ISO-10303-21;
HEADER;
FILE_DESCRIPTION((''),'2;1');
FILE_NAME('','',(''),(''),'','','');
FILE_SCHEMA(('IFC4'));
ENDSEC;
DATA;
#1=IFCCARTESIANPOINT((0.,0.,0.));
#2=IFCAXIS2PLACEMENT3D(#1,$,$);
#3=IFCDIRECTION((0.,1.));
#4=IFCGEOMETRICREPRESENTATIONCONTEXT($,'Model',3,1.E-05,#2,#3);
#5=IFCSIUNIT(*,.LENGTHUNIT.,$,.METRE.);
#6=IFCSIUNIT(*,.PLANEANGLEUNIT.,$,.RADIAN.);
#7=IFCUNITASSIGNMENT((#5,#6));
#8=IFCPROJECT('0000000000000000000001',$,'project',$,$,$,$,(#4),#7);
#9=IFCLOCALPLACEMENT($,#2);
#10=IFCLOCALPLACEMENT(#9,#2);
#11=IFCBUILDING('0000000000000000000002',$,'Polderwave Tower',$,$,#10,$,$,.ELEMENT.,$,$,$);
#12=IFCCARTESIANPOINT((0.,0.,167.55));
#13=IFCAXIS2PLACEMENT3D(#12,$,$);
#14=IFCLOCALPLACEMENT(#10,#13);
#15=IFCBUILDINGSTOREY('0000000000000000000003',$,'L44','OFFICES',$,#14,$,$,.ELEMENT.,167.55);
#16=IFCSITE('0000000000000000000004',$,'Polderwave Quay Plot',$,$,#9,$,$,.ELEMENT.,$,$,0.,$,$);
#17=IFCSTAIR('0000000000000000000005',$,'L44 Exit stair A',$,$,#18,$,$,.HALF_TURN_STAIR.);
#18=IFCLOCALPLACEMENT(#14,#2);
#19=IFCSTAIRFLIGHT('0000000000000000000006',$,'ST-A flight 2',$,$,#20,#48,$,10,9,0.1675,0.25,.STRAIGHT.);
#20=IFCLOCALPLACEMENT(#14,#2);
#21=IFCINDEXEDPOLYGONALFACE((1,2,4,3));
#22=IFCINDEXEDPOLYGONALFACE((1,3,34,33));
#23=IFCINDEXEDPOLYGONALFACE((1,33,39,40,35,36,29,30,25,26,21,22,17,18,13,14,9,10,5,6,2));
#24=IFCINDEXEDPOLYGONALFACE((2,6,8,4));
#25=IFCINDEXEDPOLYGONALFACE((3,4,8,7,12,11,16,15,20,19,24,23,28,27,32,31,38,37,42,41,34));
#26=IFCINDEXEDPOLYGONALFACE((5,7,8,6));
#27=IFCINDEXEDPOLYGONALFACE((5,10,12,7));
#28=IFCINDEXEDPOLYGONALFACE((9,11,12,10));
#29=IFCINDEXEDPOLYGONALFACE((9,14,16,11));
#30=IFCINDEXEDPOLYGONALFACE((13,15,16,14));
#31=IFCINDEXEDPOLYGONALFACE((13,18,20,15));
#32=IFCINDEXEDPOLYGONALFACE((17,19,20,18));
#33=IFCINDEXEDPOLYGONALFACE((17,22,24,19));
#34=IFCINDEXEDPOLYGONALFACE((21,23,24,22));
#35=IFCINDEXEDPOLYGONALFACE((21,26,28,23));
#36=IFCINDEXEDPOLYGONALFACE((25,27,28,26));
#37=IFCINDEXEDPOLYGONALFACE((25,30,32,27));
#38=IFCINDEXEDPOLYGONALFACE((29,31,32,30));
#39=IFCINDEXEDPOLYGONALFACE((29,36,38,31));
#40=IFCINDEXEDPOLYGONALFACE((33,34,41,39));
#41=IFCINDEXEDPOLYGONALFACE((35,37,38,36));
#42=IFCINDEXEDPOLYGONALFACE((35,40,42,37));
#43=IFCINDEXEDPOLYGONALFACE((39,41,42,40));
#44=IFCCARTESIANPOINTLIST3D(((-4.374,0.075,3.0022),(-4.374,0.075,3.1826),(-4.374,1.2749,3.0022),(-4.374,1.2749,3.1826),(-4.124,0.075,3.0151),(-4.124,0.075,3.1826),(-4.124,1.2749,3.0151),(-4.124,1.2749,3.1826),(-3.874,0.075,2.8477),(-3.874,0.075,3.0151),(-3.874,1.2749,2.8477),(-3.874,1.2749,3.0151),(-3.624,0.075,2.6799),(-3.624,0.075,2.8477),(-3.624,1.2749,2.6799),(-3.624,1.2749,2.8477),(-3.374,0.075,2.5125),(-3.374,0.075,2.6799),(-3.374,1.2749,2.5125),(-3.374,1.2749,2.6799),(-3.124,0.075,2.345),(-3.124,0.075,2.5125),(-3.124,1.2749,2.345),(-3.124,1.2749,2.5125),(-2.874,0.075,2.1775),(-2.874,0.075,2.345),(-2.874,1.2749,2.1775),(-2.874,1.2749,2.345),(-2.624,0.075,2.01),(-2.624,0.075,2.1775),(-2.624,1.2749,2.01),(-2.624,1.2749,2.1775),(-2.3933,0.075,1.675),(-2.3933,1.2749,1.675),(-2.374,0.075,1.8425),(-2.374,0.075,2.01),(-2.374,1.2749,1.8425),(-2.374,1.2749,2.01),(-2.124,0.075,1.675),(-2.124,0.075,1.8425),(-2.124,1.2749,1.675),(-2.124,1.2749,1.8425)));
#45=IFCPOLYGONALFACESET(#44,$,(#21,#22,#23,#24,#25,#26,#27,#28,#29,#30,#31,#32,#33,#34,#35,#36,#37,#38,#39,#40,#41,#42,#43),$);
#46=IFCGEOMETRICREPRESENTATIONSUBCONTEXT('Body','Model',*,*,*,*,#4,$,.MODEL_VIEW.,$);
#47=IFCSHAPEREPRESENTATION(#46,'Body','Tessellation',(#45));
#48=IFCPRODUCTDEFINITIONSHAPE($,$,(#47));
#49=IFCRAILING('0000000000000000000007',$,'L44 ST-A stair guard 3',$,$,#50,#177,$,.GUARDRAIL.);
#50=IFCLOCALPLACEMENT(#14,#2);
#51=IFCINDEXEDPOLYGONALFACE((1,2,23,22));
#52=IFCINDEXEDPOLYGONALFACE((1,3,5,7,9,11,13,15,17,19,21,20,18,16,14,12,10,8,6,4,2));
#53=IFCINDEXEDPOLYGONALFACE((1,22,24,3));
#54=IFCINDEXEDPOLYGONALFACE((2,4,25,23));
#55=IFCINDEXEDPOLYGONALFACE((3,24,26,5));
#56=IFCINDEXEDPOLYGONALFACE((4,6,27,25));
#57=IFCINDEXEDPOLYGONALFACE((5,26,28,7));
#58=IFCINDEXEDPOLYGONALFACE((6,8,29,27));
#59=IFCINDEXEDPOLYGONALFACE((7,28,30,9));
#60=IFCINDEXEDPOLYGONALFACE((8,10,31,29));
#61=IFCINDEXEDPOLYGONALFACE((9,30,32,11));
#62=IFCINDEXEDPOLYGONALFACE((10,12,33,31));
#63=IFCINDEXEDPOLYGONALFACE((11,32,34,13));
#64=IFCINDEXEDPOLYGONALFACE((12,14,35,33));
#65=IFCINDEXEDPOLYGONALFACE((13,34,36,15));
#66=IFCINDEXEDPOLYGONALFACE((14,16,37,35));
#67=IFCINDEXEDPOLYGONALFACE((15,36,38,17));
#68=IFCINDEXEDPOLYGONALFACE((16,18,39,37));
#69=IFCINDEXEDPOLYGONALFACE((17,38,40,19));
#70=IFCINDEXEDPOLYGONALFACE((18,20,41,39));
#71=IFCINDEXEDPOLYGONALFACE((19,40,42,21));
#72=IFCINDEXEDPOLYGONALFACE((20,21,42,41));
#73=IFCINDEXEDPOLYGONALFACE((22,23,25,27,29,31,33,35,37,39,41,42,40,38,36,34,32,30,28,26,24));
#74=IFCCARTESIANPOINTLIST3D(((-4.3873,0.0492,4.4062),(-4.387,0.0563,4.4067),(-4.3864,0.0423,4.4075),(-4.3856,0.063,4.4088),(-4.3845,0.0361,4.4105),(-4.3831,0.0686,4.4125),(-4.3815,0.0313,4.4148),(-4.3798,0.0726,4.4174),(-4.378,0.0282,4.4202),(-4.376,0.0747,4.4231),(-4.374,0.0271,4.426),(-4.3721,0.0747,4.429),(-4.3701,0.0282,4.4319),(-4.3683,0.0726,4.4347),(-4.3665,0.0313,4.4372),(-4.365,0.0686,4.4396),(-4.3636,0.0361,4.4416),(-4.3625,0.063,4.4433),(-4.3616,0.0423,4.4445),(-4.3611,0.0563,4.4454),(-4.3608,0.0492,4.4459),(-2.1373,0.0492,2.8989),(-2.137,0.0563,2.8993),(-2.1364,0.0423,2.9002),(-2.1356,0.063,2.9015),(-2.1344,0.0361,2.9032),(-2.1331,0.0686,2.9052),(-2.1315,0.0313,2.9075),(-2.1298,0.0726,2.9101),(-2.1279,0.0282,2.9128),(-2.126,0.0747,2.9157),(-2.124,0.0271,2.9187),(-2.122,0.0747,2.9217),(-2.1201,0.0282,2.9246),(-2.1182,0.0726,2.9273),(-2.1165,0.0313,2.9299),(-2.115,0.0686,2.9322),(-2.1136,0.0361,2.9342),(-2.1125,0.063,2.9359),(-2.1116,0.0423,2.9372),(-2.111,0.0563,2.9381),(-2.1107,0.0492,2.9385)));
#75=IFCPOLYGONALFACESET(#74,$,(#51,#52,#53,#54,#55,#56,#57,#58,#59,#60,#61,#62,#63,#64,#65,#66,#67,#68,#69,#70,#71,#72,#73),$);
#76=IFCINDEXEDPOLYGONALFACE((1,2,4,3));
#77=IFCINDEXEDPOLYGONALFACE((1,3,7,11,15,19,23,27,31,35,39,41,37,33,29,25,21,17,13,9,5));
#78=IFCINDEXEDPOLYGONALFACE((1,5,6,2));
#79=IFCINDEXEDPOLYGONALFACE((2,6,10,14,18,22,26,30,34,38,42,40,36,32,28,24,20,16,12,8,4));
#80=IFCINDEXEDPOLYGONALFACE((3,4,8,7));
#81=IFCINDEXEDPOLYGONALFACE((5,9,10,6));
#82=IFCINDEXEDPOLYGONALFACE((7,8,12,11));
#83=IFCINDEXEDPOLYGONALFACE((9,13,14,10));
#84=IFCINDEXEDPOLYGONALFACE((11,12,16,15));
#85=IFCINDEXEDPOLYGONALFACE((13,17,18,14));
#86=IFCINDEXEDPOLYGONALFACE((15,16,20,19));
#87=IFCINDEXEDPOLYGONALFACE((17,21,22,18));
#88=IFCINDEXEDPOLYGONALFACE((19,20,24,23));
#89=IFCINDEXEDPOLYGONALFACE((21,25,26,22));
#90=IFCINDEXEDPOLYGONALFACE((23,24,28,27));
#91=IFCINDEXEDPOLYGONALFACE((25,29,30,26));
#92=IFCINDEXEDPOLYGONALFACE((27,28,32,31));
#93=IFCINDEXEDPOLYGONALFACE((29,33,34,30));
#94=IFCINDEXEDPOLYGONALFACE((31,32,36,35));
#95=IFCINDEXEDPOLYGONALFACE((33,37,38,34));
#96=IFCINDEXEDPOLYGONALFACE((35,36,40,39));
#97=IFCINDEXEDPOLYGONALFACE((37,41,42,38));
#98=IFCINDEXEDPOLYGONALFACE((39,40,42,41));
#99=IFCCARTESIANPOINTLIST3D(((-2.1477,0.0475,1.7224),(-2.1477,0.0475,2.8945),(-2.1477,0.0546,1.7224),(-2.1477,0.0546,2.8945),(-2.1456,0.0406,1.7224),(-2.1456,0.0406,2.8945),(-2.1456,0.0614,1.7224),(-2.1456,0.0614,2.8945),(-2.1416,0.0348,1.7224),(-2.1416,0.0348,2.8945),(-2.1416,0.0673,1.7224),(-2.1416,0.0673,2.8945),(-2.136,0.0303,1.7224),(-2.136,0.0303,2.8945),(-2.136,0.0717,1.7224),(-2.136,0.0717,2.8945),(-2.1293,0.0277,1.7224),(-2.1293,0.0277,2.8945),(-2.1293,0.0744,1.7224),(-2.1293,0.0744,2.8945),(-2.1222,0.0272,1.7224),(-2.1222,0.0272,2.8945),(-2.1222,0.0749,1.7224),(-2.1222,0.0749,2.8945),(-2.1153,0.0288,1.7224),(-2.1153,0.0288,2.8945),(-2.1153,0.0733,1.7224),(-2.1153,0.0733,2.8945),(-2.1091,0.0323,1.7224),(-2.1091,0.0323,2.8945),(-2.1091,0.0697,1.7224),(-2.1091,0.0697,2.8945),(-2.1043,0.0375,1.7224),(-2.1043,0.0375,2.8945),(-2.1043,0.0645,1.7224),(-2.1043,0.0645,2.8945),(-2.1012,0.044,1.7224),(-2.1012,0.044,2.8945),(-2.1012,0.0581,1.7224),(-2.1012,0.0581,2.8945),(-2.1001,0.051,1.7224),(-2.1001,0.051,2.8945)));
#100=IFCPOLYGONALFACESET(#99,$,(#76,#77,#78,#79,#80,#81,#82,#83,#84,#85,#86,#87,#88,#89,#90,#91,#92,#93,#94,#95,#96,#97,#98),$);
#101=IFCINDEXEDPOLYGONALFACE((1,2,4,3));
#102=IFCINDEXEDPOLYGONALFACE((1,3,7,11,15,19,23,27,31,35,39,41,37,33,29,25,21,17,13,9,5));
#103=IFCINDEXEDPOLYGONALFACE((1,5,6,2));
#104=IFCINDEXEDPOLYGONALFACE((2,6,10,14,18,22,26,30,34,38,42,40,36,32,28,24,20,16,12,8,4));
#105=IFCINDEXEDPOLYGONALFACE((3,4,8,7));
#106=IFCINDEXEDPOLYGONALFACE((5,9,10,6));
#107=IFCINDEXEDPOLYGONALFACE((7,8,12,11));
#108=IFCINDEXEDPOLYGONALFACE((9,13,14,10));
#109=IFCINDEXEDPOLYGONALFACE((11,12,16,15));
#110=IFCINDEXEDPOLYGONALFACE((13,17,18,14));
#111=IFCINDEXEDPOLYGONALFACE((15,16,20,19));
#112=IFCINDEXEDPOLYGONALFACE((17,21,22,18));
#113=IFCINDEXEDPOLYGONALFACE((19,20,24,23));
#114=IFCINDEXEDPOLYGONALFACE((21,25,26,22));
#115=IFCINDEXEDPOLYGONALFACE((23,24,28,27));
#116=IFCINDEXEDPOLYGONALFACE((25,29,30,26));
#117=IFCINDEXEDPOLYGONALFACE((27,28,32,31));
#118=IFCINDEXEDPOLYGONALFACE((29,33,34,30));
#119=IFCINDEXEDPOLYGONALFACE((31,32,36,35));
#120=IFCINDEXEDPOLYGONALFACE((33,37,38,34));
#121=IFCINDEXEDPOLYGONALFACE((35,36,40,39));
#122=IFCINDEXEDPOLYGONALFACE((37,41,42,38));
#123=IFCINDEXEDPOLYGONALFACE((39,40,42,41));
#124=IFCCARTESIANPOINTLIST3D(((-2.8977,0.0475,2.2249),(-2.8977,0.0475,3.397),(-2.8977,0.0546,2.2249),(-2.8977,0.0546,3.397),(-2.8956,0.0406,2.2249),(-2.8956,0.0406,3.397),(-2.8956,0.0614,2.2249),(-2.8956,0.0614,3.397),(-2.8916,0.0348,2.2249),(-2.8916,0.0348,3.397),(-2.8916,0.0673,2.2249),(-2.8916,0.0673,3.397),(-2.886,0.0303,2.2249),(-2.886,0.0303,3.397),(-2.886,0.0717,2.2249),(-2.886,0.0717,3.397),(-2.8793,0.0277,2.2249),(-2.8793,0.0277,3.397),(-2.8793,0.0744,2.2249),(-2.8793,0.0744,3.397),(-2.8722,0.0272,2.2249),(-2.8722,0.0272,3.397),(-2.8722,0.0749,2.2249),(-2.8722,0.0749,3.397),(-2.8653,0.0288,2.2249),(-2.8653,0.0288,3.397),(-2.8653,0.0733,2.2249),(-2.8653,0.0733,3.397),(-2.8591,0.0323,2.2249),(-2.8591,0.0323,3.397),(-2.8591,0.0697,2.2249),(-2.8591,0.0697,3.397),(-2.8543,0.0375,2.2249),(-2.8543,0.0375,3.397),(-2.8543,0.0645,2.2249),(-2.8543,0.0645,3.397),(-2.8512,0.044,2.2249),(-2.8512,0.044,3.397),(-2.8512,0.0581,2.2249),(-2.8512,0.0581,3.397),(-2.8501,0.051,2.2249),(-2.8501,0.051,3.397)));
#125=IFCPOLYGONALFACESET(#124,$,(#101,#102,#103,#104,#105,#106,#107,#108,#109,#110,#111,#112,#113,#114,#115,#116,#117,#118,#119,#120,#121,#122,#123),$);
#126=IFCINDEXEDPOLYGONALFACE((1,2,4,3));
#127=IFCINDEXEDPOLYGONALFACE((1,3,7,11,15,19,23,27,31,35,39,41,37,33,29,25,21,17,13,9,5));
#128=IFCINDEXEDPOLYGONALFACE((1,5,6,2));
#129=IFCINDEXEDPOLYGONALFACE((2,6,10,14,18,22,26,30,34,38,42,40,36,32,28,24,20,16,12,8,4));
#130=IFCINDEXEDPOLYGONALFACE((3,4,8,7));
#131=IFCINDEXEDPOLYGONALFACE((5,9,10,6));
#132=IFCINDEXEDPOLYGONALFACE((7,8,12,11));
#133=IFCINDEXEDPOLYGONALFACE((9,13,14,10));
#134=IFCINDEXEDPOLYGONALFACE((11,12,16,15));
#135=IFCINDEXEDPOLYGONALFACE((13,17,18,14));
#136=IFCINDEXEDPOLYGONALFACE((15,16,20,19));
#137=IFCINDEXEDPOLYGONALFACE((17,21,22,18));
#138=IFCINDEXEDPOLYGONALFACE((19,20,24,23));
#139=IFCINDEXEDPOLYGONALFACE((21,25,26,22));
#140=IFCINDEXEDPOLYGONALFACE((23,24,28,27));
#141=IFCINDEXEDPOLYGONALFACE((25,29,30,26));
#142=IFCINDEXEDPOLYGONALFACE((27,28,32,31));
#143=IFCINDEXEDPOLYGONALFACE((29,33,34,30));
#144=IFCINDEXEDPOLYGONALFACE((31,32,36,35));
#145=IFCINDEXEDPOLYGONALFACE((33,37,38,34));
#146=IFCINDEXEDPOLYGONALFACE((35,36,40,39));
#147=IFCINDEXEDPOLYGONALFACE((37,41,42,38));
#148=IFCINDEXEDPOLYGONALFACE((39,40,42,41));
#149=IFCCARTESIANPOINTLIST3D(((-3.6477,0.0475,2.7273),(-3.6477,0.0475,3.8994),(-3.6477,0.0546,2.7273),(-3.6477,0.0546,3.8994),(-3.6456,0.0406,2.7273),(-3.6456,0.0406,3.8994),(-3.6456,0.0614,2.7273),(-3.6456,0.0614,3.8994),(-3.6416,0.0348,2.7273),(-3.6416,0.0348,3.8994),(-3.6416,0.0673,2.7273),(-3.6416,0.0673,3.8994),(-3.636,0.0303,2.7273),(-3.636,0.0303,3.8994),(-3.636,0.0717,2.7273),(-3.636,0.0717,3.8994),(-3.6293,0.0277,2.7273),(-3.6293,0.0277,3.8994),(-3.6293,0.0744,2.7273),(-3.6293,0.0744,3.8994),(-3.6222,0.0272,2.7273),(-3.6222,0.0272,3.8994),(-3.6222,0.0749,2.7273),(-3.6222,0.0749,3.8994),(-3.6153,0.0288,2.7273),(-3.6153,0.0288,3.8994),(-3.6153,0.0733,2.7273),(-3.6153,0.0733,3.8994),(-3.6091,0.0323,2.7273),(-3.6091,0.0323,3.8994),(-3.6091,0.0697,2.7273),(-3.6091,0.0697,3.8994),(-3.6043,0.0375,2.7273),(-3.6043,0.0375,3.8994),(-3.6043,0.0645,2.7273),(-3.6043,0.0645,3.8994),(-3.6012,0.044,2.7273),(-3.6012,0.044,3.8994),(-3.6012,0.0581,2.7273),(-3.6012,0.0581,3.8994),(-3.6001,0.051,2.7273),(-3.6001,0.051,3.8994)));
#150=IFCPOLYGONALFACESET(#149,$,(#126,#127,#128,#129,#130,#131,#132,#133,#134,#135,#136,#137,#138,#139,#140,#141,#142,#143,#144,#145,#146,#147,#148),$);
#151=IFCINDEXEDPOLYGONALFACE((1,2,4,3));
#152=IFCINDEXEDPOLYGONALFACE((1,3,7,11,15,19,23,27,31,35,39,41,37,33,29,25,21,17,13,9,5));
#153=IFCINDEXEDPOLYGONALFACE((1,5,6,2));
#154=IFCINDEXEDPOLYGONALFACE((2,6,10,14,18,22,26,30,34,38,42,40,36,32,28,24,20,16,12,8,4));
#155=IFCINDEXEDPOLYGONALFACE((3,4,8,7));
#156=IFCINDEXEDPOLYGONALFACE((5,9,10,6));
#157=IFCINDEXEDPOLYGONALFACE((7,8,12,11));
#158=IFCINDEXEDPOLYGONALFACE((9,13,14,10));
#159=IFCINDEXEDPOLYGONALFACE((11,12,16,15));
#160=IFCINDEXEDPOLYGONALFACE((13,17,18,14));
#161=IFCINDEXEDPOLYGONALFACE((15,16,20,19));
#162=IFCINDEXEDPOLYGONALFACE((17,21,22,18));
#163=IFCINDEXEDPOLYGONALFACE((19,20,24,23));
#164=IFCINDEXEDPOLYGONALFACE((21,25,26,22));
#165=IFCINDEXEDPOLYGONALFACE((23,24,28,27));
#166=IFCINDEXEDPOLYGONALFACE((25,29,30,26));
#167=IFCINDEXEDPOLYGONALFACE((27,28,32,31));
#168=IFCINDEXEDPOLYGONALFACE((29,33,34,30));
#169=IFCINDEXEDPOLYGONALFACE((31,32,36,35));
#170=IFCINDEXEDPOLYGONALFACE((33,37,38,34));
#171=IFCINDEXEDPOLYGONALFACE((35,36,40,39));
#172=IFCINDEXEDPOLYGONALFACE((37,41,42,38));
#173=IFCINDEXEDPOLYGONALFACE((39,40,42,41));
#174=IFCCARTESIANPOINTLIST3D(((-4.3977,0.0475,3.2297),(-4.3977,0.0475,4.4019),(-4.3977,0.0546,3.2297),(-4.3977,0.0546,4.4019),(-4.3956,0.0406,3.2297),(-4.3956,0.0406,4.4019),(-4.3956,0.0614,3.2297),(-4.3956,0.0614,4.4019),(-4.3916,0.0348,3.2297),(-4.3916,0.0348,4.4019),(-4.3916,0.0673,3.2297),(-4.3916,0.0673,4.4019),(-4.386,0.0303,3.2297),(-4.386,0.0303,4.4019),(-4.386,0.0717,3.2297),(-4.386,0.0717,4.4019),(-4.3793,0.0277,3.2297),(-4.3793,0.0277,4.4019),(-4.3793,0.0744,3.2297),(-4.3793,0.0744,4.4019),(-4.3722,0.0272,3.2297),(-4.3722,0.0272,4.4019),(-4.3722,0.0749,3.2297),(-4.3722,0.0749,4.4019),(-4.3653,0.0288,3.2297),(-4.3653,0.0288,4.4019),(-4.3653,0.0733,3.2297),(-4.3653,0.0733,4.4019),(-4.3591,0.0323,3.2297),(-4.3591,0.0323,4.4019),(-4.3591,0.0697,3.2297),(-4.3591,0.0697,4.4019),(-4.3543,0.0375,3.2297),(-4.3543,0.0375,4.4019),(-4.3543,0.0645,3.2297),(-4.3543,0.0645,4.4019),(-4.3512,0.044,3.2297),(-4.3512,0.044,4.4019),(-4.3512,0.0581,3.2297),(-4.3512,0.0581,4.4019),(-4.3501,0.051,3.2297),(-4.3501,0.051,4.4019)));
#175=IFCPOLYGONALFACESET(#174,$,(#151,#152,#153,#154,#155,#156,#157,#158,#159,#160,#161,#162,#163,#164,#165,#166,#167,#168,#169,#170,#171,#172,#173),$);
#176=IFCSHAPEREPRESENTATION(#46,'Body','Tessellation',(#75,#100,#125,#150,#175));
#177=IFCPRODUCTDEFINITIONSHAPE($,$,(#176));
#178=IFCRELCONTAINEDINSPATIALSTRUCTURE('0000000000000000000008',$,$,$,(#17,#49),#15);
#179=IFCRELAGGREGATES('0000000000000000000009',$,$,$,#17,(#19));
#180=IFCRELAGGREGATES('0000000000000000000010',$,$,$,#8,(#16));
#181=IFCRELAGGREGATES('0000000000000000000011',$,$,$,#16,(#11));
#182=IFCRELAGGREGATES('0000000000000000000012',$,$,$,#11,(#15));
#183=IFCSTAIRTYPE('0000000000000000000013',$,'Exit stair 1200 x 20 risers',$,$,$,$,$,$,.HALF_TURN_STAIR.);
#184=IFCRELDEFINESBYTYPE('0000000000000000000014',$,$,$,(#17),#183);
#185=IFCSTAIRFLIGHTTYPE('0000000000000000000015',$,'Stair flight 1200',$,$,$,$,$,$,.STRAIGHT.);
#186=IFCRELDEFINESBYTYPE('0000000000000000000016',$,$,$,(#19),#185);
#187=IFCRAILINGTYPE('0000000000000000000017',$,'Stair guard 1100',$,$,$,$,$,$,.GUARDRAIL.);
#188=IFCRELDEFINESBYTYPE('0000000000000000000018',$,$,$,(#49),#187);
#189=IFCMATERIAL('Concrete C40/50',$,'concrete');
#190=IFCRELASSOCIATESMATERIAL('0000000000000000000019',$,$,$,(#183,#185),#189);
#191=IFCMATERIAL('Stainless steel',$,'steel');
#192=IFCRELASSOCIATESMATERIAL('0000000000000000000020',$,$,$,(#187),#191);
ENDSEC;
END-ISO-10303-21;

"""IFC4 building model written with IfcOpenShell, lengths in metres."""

from ifc_helpers import new_model, si_unit, direction, frame, origin, origin_2d, place, context, subcontext, project, spatial, polyline, circle, outline, extrude, material, type_object, element, aggregate, save


model = new_model("IFC4")

# Units and contexts
model_context = context("Model", 3, precision=1e-05, world=origin(), true_north=direction((0.0, 1.0)))
body_context = subcontext(model_context, "Body", "Model", "MODEL_VIEW")
ifc_project = project(units=[si_unit("LENGTHUNIT", "METRE"), si_unit("PLANEANGLEUNIT", "RADIAN")], contexts=[model_context])

# Site, building, storey
site_placement = place(None, origin())
site = spatial("IfcSite", under=ifc_project, at=site_placement, Name="Polderwave Quay Plot", CompositionType="ELEMENT", RefElevation=0.0)
building_placement = place(site_placement, origin())
building = spatial("IfcBuilding", under=site, at=building_placement, Name="Polderwave Tower", CompositionType="ELEMENT")
storey_placement = place(building_placement, frame((0.0, 0.0, 167.55)))
storey = spatial("IfcBuildingStorey", under=building, at=storey_placement, Name="L44", Description="OFFICES", CompositionType="ELEMENT", Elevation=167.55)

# Shared definitions
ifc_material_1 = material(Name="Concrete C40/50", Category="concrete")

# Shared definitions
stair_type = type_object("IfcStairType", Name="Exit stair 1200 x 20 risers", PredefinedType="HALF_TURN_STAIR", material=ifc_material_1)

# Shared definitions
ifc_material_2 = material(Name="Stainless steel", Category="steel")

# Stair, stair flight
stair_1_placement = place(storey_placement, origin())
stair_1 = element("IfcStair", 1, at=stair_1_placement, inside=storey, type_object=stair_type, Name="L44 Exit stair A", PredefinedType="HALF_TURN_STAIR")
stair_flight_type = type_object("IfcStairFlightType", Name="Stair flight 1200", PredefinedType="STRAIGHT", material=ifc_material_1)
stair_flight_placement = place(storey_placement, frame((-2.124, 0.675, 1.675), z_axis=(0.0, 0.0, 1.0), x_axis=(-1.0, 0.0, 0.0)))
stair_flight = element("IfcStairFlight", 2, at=stair_flight_placement, type_object=stair_flight_type, Name="ST-A flight 2", NumberOfRisers=10, NumberOfTreads=9, PredefinedType="STRAIGHT", RiserHeight=0.1675, TreadLength=0.25, context=body_context, shape_type="SweptSolid", body=[
    extrude(outline(polyline([(0.0, 0.0), (0.0, 0.1675), (0.25, 0.1675), (0.25, 0.335), (0.5, 0.335), (0.5, 0.5024), (0.75, 0.5024), (0.75, 0.6699), (1.0, 0.6699), (1.0, 0.8374), (1.25, 0.8374), (1.25, 1.0049), (1.5, 1.0049), (1.5, 1.1726), (1.75, 1.1726), (1.75, 1.3401), (2.0, 1.3401), (2.0, 1.5076), (2.25, 1.5076), (2.25, 1.675), (2.25, 1.3271), (0.2693, 0.0), (0.0, 0.0)])), frame((0.0, 0.6001, 0.0), z_axis=(0.0, -1.0, 0.0), x_axis=(1.0, 0.0, 0.0)), (0.0, 0.0, 1.0), 1.2),
])
aggregate(stair_1, [stair_flight])

# Railing
railing_type_1 = type_object("IfcRailingType", Name="Stair guard 1100", PredefinedType="GUARDRAIL", material=ifc_material_2)
railing_1_placement = place(storey_placement, frame((-2.124, 0.051, 1.7224)))
element("IfcRailing", 3, at=railing_1_placement, inside=storey, type_object=railing_type_1, Name="L44 ST-A stair guard 3", PredefinedType="GUARDRAIL", context=body_context, shape_type="SweptSolid", body=[
    extrude(circle(Radius=0.0239, at=origin_2d()), frame((0.0, 0.0, 1.1963), z_axis=(-0.8308, 0.0, 0.556571), x_axis=(0.0, -1.0, 0.0)), (0.0, 0.0, 1.0), 2.7083),
    extrude(circle(Radius=0.0239, at=origin_2d()), origin(), (0.0, 0.0, 1.0), 1.1721),
    extrude(circle(Radius=0.0239, at=origin_2d()), frame((-0.75, 0.0, 0.5024)), (0.0, 0.0, 1.0), 1.1721),
    extrude(circle(Radius=0.0239, at=origin_2d()), frame((-1.5, 0.0, 1.0049)), (0.0, 0.0, 1.0), 1.1721),
    extrude(circle(Radius=0.0239, at=origin_2d()), frame((-2.25, 0.0, 1.5073)), (0.0, 0.0, 1.0), 1.1721),
])

save(model, "model.ifc")
